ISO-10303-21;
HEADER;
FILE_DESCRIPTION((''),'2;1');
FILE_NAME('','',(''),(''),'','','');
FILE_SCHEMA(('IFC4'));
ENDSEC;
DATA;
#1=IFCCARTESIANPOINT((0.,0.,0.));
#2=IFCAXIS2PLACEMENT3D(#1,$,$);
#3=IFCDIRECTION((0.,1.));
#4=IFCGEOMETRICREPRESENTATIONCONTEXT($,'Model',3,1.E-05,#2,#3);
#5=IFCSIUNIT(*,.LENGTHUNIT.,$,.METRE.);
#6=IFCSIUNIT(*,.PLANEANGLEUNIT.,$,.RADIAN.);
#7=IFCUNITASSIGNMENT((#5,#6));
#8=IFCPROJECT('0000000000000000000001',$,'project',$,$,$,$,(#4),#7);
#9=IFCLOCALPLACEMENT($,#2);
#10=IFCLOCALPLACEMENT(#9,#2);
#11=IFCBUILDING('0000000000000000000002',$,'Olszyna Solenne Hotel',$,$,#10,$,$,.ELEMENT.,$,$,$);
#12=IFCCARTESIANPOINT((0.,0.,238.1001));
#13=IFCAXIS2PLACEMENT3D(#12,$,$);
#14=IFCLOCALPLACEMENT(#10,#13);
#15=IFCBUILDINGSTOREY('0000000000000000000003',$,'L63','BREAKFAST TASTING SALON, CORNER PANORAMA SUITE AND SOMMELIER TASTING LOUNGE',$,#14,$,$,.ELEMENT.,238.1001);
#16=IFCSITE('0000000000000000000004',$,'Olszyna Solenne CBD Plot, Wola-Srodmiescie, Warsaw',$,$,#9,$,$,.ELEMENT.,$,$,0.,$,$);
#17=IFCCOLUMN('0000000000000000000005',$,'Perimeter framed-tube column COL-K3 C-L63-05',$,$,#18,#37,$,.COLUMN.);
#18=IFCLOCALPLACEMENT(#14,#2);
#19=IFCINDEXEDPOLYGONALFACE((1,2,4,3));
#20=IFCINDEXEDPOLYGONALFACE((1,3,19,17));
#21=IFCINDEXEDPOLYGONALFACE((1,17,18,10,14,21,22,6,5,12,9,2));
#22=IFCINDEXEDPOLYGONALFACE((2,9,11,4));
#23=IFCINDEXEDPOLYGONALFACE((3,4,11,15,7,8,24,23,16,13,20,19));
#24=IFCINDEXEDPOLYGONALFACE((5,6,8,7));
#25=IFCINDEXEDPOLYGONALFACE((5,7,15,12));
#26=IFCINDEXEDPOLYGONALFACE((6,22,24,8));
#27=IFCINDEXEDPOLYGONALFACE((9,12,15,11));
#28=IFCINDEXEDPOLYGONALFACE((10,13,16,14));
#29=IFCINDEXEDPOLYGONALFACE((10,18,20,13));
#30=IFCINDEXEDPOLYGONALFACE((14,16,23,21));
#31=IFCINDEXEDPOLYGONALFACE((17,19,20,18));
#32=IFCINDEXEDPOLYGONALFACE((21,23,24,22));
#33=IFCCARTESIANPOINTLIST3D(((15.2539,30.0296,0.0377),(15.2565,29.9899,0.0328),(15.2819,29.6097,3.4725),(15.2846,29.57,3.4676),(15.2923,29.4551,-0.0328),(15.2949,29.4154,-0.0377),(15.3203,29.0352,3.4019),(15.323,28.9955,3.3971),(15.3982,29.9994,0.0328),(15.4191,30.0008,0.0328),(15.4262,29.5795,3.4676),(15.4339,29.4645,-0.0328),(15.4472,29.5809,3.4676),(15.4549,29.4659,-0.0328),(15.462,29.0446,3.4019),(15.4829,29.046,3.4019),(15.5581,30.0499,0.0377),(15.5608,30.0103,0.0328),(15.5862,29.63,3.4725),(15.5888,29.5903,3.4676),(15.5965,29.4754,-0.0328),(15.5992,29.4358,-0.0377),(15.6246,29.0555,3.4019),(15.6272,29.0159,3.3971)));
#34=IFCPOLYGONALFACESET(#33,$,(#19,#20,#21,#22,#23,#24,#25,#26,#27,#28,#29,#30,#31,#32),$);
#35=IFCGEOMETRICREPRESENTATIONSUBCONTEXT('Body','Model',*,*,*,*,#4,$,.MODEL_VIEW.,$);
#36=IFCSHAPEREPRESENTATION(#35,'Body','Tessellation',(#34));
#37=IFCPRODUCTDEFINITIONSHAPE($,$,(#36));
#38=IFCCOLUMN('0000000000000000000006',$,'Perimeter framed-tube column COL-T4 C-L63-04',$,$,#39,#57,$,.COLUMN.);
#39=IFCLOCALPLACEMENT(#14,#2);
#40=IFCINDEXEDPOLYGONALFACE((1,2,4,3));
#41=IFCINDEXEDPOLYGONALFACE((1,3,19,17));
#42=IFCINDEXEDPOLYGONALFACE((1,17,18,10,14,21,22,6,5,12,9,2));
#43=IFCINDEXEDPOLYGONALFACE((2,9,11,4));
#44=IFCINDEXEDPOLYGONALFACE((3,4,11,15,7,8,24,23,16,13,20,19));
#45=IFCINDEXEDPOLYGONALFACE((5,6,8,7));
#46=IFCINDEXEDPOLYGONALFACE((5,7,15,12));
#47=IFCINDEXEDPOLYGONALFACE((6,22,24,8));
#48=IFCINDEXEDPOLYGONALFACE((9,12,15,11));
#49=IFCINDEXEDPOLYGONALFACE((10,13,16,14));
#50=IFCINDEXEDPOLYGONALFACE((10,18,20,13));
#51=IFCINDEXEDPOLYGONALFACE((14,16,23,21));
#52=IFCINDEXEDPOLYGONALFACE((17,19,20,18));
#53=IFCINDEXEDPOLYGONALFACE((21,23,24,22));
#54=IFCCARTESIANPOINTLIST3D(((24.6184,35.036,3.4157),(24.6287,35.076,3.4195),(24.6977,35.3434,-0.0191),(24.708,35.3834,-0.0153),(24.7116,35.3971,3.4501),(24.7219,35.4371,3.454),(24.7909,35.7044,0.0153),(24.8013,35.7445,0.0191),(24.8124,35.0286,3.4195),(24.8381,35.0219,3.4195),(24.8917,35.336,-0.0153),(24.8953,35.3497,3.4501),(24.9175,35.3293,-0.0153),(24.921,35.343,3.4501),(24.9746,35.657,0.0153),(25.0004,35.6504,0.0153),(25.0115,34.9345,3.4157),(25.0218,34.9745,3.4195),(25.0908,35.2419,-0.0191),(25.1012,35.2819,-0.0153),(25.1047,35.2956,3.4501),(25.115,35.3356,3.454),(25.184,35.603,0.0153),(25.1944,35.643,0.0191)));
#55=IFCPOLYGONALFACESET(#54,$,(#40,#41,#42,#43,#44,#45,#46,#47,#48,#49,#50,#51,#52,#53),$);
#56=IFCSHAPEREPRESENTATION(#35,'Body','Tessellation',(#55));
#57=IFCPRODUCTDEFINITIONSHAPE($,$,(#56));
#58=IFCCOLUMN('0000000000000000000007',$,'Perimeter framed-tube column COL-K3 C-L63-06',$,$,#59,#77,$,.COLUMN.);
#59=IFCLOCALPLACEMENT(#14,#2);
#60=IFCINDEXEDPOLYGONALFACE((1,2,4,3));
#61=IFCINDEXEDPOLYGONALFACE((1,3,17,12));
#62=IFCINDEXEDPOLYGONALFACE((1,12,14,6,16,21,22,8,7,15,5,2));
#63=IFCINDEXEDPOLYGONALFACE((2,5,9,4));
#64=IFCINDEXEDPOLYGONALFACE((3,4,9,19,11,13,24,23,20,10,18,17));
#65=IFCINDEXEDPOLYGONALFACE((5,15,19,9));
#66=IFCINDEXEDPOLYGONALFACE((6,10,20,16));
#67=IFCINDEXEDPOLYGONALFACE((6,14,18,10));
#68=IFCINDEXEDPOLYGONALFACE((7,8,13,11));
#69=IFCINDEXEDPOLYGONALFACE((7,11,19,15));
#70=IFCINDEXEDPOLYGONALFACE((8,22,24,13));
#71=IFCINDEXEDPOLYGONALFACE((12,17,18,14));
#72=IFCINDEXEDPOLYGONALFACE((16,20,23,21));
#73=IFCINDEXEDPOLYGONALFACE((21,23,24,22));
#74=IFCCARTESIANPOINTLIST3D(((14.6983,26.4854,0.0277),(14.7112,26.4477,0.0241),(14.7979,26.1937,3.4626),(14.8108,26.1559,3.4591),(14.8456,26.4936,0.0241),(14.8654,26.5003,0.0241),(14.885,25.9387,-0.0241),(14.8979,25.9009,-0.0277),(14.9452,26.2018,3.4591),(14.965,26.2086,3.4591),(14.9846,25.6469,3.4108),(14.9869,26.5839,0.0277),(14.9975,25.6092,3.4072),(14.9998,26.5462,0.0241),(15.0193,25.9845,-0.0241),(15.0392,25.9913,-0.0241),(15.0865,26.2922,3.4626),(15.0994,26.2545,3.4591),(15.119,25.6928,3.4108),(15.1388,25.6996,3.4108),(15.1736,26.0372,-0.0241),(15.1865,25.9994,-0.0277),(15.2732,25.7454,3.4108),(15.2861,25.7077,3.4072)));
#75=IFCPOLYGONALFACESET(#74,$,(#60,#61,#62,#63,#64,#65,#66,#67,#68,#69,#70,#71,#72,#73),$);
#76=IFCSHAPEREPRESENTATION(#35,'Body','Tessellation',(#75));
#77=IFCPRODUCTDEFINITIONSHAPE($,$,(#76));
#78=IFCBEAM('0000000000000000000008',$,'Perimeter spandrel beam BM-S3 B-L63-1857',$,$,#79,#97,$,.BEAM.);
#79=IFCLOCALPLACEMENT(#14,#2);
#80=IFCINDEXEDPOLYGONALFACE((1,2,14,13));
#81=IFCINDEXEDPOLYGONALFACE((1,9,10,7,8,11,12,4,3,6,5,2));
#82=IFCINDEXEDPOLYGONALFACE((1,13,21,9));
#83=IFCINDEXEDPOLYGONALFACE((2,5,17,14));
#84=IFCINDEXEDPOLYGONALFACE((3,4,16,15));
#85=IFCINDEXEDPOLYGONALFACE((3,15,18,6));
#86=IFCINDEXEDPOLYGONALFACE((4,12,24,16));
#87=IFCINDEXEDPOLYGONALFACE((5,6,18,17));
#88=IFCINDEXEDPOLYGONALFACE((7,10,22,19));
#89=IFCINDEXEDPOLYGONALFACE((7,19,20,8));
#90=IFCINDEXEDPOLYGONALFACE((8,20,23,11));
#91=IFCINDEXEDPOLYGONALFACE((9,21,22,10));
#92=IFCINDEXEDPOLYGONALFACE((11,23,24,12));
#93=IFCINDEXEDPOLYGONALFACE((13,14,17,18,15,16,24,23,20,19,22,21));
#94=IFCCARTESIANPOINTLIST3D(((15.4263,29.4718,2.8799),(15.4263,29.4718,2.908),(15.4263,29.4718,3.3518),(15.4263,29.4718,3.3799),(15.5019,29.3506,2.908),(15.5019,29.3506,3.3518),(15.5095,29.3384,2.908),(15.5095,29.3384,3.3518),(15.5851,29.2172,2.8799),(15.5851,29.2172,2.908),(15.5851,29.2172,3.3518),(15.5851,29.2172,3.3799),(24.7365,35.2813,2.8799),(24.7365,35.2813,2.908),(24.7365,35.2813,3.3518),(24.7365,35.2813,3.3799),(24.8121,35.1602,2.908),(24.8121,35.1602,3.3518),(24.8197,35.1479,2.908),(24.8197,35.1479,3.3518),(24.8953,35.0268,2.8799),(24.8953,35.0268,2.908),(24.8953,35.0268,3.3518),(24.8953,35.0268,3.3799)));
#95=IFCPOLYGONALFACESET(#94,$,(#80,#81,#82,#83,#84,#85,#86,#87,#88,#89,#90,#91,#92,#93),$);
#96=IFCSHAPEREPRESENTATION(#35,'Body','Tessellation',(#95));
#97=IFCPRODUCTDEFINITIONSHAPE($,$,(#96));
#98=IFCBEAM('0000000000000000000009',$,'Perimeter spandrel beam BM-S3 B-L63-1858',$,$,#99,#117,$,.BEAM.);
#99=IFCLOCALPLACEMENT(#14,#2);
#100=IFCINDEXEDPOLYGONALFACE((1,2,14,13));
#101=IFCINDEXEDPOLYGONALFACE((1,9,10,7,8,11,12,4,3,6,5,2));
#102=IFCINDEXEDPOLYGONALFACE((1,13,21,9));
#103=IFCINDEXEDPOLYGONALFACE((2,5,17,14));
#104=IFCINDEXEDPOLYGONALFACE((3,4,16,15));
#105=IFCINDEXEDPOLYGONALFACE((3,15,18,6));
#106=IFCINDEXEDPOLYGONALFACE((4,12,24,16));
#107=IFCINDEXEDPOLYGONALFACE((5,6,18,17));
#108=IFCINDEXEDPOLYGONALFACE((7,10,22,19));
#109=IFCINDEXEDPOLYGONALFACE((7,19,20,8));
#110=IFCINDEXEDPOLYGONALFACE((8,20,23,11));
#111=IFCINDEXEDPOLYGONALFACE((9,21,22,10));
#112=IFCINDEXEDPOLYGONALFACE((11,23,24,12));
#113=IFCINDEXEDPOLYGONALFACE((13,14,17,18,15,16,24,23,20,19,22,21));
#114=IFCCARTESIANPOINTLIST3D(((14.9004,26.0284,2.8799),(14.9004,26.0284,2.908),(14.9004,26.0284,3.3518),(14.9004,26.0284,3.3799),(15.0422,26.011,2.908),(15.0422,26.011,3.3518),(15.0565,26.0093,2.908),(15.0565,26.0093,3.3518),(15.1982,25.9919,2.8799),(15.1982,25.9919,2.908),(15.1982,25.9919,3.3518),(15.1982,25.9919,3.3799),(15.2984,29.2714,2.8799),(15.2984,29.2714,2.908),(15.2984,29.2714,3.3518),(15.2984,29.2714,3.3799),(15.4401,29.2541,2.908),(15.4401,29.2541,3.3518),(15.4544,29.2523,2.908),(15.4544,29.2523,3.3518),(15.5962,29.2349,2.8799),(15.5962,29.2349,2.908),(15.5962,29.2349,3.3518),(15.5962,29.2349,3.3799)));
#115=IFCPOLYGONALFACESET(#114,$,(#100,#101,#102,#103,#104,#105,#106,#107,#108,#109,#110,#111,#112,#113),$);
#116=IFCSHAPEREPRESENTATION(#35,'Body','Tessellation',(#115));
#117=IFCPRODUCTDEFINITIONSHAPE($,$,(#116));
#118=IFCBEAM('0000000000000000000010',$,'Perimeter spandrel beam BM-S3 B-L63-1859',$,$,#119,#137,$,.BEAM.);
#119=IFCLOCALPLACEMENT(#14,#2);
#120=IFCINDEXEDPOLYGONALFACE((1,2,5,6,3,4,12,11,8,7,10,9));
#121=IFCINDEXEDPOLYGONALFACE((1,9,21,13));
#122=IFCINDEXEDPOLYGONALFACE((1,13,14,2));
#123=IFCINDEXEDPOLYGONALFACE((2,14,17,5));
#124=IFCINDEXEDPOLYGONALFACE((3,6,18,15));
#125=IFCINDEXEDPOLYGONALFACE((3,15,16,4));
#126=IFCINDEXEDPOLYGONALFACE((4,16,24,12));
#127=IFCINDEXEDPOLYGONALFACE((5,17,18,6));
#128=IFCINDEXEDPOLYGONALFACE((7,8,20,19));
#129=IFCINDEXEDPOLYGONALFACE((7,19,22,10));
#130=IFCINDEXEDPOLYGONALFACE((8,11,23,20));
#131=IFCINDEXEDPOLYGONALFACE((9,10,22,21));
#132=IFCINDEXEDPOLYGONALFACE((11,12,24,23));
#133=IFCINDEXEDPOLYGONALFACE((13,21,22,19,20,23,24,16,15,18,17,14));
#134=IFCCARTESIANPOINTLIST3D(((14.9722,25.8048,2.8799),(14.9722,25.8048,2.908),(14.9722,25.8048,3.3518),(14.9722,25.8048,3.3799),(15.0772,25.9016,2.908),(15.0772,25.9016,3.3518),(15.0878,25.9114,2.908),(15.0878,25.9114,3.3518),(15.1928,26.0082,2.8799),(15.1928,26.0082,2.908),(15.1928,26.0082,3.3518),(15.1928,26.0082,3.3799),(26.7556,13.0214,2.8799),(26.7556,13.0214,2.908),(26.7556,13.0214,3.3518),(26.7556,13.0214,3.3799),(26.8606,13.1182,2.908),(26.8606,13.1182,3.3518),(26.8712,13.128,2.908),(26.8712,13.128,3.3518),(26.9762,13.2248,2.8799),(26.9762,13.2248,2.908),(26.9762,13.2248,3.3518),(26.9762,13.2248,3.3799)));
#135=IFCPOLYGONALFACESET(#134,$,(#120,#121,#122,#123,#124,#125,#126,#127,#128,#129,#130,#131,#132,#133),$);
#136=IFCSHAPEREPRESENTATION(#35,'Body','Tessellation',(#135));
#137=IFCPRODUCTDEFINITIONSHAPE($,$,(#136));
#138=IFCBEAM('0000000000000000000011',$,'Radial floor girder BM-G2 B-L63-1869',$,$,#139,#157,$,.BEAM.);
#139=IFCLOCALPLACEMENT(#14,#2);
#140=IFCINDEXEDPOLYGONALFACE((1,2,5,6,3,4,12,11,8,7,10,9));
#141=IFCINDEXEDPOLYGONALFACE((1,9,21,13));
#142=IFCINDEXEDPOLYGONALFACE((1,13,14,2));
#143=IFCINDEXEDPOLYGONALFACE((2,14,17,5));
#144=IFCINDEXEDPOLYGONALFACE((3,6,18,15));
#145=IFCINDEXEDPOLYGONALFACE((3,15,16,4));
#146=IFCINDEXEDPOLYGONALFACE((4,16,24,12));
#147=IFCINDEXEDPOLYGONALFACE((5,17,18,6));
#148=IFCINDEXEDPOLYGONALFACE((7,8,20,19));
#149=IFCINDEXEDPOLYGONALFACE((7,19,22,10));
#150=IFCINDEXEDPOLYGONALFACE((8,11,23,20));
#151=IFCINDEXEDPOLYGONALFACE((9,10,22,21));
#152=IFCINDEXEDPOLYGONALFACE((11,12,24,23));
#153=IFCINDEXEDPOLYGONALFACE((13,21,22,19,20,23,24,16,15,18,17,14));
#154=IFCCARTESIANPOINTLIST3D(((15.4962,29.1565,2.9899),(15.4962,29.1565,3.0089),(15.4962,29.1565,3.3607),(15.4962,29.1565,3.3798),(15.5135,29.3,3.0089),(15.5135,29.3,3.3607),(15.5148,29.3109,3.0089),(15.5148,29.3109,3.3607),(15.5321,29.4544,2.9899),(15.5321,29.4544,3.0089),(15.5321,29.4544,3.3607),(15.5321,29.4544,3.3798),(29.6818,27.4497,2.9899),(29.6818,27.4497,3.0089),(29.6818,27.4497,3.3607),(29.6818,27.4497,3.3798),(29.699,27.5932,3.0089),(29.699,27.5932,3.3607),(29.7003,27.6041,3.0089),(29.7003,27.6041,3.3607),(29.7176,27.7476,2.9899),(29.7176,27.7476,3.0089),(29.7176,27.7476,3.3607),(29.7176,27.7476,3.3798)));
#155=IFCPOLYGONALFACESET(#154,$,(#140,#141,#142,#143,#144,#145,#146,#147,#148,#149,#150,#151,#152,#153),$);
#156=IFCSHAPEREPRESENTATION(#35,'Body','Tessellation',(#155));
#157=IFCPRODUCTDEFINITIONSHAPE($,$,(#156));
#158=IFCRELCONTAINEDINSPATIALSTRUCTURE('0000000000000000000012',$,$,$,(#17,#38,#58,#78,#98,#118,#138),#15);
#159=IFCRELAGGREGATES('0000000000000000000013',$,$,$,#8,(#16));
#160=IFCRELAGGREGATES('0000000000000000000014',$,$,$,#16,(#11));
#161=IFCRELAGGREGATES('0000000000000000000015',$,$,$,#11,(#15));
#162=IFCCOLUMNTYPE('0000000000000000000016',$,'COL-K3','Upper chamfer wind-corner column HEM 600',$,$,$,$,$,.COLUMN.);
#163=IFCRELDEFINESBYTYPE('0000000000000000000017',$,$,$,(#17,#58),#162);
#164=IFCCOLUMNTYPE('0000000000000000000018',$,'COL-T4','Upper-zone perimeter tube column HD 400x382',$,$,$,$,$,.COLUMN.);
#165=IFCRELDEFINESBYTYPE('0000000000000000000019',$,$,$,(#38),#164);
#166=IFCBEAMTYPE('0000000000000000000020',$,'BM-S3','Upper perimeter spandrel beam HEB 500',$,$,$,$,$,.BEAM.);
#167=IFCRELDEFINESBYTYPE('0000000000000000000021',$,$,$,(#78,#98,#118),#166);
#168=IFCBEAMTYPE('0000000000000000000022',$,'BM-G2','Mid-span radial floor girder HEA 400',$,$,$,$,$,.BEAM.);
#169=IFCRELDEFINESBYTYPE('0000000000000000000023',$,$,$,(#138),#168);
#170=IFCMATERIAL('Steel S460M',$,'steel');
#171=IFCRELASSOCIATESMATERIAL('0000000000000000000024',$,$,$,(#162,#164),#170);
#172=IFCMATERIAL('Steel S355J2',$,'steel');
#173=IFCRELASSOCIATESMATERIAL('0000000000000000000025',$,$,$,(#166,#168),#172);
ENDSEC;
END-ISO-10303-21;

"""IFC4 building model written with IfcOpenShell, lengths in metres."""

from ifc_helpers import new_model, si_unit, direction, frame, origin, origin_2d, place, context, subcontext, project, spatial, i_section, extrude, source, transform, mapped, material, material_profile, profile_set, type_object, element, save


model = new_model("IFC4")

# Units and contexts
model_context = context("Model", 3, precision=1e-05, world=origin(), true_north=direction((0.0, 1.0)))
body_context = subcontext(model_context, "Body", "Model", "MODEL_VIEW")
ifc_project = project(units=[si_unit("LENGTHUNIT", "METRE"), si_unit("PLANEANGLEUNIT", "RADIAN")], contexts=[model_context])

# Site, building, storey
site_placement = place(None, origin())
site = spatial("IfcSite", under=ifc_project, at=site_placement, Name="Olszyna Solenne CBD Plot, Wola-Srodmiescie, Warsaw", CompositionType="ELEMENT", RefElevation=0.0)
building_placement = place(site_placement, origin())
building = spatial("IfcBuilding", under=site, at=building_placement, Name="Olszyna Solenne Hotel", CompositionType="ELEMENT")
storey_placement = place(building_placement, frame((0.0, 0.0, 238.1001)))
storey = spatial("IfcBuildingStorey", under=building, at=storey_placement, Name="L63", Description="BREAKFAST TASTING SALON, CORNER PANORAMA SUITE AND SOMMELIER TASTING LOUNGE", CompositionType="ELEMENT", Elevation=238.1001)

# Columns
ifc_material_1 = material(Name="Steel S460M", Category="steel")
ifc_material_profile_1 = material_profile(ifc_material_1, i_section(OverallWidth=0.3049, OverallDepth=0.6201, WebThickness=0.021, FlangeThickness=0.04, at=origin_2d()), Name="HEM 600", Category="load-bearing")
ifc_profile_set_1 = profile_set([ifc_material_profile_1], Name="Steel S460M")
column_type_1 = type_object("IfcColumnType", Name="COL-K3", Description="Upper chamfer wind-corner column HEM 600", PredefinedType="COLUMN", material=ifc_profile_set_1)
shared_shape_1 = source(origin(), body_context, "Body", "SweptSolid", [
    extrude(i_section(OverallWidth=0.3049, OverallDepth=0.6201, WebThickness=0.021, FlangeThickness=0.04, at=origin_2d()), origin(), (0.0, 0.0, 1.0), 3.4604),
])
column_1_placement = place(storey_placement, frame((15.4265, 29.7327, 0.0), z_axis=(0.008113, -0.121347, 0.992577), x_axis=(0.997772, 0.066712, 0.0)))
element("IfcColumn", 1, at=column_1_placement, inside=storey, type_object=column_type_1, Name="Perimeter framed-tube column COL-K3 C-L63-05", PredefinedType="COLUMN", context=body_context, shape_type="MappedRepresentation", body=[
    mapped(shared_shape_1, transform((0.0, 0.0, 0.0), x_axis=(1.0, 0.0, 0.0), y_axis=(0.0, 1.0, 0.0), z_axis=(0.0, 0.0, 1.0), scale=1.0)),
])
ifc_material_profile_2 = material_profile(ifc_material_1, i_section(OverallWidth=0.406, OverallDepth=0.416, WebThickness=0.0266, FlangeThickness=0.0415, at=origin_2d()), Name="HD 400x382", Category="load-bearing")
ifc_profile_set_2 = profile_set([ifc_material_profile_2], Name="Steel S460M")
column_type_2 = type_object("IfcColumnType", Name="COL-T4", Description="Upper-zone perimeter tube column HD 400x382", PredefinedType="COLUMN", material=ifc_profile_set_2)
shared_shape_2 = source(origin(), body_context, "Body", "SweptSolid", [
    extrude(i_section(OverallWidth=0.406, OverallDepth=0.416, WebThickness=0.0266, FlangeThickness=0.0415, at=origin_2d()), origin(), (0.0, 0.0, 1.0), 3.4495),
])
column_2_placement = place(storey_placement, frame((24.946, 35.4932, 0.0), z_axis=(-0.023002, -0.089108, 0.995756), x_axis=(0.968259, -0.249948, 0.0)))
element("IfcColumn", 2, at=column_2_placement, inside=storey, type_object=column_type_2, Name="Perimeter framed-tube column COL-T4 C-L63-04", PredefinedType="COLUMN", context=body_context, shape_type="MappedRepresentation", body=[
    mapped(shared_shape_2, transform((0.0, 0.0, 0.0), x_axis=(1.0, 0.0, 0.0), y_axis=(0.0, 1.0, 0.0), z_axis=(0.0, 0.0, 1.0), scale=1.0)),
])
shared_shape_3 = source(origin(), body_context, "Body", "SweptSolid", [
    extrude(i_section(OverallWidth=0.3049, OverallDepth=0.6201, WebThickness=0.021, FlangeThickness=0.04, at=origin_2d()), origin(), (0.0, 0.0, 1.0), 3.4487),
])
column_3_placement = place(storey_placement, frame((14.9424, 26.2424, 0.0), z_axis=(0.028884, -0.084598, 0.995996), x_axis=(0.946362, 0.323109, 0.0)))
element("IfcColumn", 3, at=column_3_placement, inside=storey, type_object=column_type_1, Name="Perimeter framed-tube column COL-K3 C-L63-06", PredefinedType="COLUMN", context=body_context, shape_type="MappedRepresentation", body=[
    mapped(shared_shape_3, transform((0.0, 0.0, 0.0), x_axis=(1.0, 0.0, 0.0), y_axis=(0.0, 1.0, 0.0), z_axis=(0.0, 0.0, 1.0), scale=1.0)),
])

# Beams
ifc_material_2 = material(Name="Steel S355J2", Category="steel")
ifc_material_profile_3 = material_profile(ifc_material_2, i_section(OverallWidth=0.3, OverallDepth=0.5, WebThickness=0.0144, FlangeThickness=0.0281, at=origin_2d()), Name="HEB 500", Category="load-bearing")
ifc_profile_set_3 = profile_set([ifc_material_profile_3], Name="Steel S355J2")
beam_type_1 = type_object("IfcBeamType", Name="BM-S3", Description="Upper perimeter spandrel beam HEB 500", PredefinedType="BEAM", material=ifc_profile_set_3)
shared_shape_4 = source(origin(), body_context, "Body", "SweptSolid", [
    extrude(i_section(OverallWidth=0.3, OverallDepth=0.5, WebThickness=0.0144, FlangeThickness=0.0281, at=origin_2d()), origin(), (0.0, 0.0, 1.0), 10.9741),
])
beam_1_placement = place(storey_placement, frame((24.8159, 35.1541, 3.1299), z_axis=(-0.848382, -0.529385, 0.0), x_axis=(0.529385, -0.848382, 0.0)))
element("IfcBeam", 4, at=beam_1_placement, inside=storey, type_object=beam_type_1, Name="Perimeter spandrel beam BM-S3 B-L63-1857", PredefinedType="BEAM", context=body_context, shape_type="MappedRepresentation", body=[
    mapped(shared_shape_4, transform((0.0, 0.0, 0.0), x_axis=(1.0, 0.0, 0.0), y_axis=(0.0, 1.0, 0.0), z_axis=(0.0, 0.0, 1.0), scale=1.0)),
])
shared_shape_5 = source(origin(), body_context, "Body", "SweptSolid", [
    extrude(i_section(OverallWidth=0.3, OverallDepth=0.5, WebThickness=0.0144, FlangeThickness=0.0281, at=origin_2d()), origin(), (0.0, 0.0, 1.0), 3.2673),
])
beam_2_placement = place(storey_placement, frame((15.4473, 29.2532, 3.1299), z_axis=(-0.1218, -0.992555, 0.0), x_axis=(0.992555, -0.1218, 0.0)))
element("IfcBeam", 5, at=beam_2_placement, inside=storey, type_object=beam_type_1, Name="Perimeter spandrel beam BM-S3 B-L63-1858", PredefinedType="BEAM", context=body_context, shape_type="MappedRepresentation", body=[
    mapped(shared_shape_5, transform((0.0, 0.0, 0.0), x_axis=(1.0, 0.0, 0.0), y_axis=(0.0, 1.0, 0.0), z_axis=(0.0, 0.0, 1.0), scale=1.0)),
])
shared_shape_6 = source(origin(), body_context, "Body", "SweptSolid", [
    extrude(i_section(OverallWidth=0.3, OverallDepth=0.5, WebThickness=0.0144, FlangeThickness=0.0281, at=origin_2d()), origin(), (0.0, 0.0, 1.0), 17.3857),
])
beam_3_placement = place(storey_placement, frame((15.0825, 25.9065, 3.1299), z_axis=(0.677763, -0.735281, 0.0), x_axis=(0.735281, 0.677763, 0.0)))
element("IfcBeam", 6, at=beam_3_placement, inside=storey, type_object=beam_type_1, Name="Perimeter spandrel beam BM-S3 B-L63-1859", PredefinedType="BEAM", context=body_context, shape_type="MappedRepresentation", body=[
    mapped(shared_shape_6, transform((0.0, 0.0, 0.0), x_axis=(1.0, 0.0, 0.0), y_axis=(0.0, 1.0, 0.0), z_axis=(0.0, 0.0, 1.0), scale=1.0)),
])
ifc_material_profile_4 = material_profile(ifc_material_2, i_section(OverallWidth=0.3, OverallDepth=0.3899, WebThickness=0.011, FlangeThickness=0.019, at=origin_2d()), Name="HEA 400", Category="load-bearing")
ifc_profile_set_4 = profile_set([ifc_material_profile_4], Name="Steel S355J2")
beam_type_2 = type_object("IfcBeamType", Name="BM-G2", Description="Mid-span radial floor girder HEA 400", PredefinedType="BEAM", material=ifc_profile_set_4)
shared_shape_7 = source(origin(), body_context, "Body", "SweptSolid", [
    extrude(i_section(OverallWidth=0.3, OverallDepth=0.3899, WebThickness=0.011, FlangeThickness=0.019, at=origin_2d()), origin(), (0.0, 0.0, 1.0), 14.2878),
])
beam_4_placement = place(storey_placement, frame((15.5142, 29.3054, 3.1848), z_axis=(0.992839, -0.119457, 0.0), x_axis=(0.119457, 0.992839, 0.0)))
element("IfcBeam", 7, at=beam_4_placement, inside=storey, type_object=beam_type_2, Name="Radial floor girder BM-G2 B-L63-1869", PredefinedType="BEAM", context=body_context, shape_type="MappedRepresentation", body=[
    mapped(shared_shape_7, transform((0.0, 0.0, 0.0), x_axis=(1.0, 0.0, 0.0), y_axis=(0.0, 1.0, 0.0), z_axis=(0.0, 0.0, 1.0), scale=1.0)),
])

save(model, "model.ifc")
